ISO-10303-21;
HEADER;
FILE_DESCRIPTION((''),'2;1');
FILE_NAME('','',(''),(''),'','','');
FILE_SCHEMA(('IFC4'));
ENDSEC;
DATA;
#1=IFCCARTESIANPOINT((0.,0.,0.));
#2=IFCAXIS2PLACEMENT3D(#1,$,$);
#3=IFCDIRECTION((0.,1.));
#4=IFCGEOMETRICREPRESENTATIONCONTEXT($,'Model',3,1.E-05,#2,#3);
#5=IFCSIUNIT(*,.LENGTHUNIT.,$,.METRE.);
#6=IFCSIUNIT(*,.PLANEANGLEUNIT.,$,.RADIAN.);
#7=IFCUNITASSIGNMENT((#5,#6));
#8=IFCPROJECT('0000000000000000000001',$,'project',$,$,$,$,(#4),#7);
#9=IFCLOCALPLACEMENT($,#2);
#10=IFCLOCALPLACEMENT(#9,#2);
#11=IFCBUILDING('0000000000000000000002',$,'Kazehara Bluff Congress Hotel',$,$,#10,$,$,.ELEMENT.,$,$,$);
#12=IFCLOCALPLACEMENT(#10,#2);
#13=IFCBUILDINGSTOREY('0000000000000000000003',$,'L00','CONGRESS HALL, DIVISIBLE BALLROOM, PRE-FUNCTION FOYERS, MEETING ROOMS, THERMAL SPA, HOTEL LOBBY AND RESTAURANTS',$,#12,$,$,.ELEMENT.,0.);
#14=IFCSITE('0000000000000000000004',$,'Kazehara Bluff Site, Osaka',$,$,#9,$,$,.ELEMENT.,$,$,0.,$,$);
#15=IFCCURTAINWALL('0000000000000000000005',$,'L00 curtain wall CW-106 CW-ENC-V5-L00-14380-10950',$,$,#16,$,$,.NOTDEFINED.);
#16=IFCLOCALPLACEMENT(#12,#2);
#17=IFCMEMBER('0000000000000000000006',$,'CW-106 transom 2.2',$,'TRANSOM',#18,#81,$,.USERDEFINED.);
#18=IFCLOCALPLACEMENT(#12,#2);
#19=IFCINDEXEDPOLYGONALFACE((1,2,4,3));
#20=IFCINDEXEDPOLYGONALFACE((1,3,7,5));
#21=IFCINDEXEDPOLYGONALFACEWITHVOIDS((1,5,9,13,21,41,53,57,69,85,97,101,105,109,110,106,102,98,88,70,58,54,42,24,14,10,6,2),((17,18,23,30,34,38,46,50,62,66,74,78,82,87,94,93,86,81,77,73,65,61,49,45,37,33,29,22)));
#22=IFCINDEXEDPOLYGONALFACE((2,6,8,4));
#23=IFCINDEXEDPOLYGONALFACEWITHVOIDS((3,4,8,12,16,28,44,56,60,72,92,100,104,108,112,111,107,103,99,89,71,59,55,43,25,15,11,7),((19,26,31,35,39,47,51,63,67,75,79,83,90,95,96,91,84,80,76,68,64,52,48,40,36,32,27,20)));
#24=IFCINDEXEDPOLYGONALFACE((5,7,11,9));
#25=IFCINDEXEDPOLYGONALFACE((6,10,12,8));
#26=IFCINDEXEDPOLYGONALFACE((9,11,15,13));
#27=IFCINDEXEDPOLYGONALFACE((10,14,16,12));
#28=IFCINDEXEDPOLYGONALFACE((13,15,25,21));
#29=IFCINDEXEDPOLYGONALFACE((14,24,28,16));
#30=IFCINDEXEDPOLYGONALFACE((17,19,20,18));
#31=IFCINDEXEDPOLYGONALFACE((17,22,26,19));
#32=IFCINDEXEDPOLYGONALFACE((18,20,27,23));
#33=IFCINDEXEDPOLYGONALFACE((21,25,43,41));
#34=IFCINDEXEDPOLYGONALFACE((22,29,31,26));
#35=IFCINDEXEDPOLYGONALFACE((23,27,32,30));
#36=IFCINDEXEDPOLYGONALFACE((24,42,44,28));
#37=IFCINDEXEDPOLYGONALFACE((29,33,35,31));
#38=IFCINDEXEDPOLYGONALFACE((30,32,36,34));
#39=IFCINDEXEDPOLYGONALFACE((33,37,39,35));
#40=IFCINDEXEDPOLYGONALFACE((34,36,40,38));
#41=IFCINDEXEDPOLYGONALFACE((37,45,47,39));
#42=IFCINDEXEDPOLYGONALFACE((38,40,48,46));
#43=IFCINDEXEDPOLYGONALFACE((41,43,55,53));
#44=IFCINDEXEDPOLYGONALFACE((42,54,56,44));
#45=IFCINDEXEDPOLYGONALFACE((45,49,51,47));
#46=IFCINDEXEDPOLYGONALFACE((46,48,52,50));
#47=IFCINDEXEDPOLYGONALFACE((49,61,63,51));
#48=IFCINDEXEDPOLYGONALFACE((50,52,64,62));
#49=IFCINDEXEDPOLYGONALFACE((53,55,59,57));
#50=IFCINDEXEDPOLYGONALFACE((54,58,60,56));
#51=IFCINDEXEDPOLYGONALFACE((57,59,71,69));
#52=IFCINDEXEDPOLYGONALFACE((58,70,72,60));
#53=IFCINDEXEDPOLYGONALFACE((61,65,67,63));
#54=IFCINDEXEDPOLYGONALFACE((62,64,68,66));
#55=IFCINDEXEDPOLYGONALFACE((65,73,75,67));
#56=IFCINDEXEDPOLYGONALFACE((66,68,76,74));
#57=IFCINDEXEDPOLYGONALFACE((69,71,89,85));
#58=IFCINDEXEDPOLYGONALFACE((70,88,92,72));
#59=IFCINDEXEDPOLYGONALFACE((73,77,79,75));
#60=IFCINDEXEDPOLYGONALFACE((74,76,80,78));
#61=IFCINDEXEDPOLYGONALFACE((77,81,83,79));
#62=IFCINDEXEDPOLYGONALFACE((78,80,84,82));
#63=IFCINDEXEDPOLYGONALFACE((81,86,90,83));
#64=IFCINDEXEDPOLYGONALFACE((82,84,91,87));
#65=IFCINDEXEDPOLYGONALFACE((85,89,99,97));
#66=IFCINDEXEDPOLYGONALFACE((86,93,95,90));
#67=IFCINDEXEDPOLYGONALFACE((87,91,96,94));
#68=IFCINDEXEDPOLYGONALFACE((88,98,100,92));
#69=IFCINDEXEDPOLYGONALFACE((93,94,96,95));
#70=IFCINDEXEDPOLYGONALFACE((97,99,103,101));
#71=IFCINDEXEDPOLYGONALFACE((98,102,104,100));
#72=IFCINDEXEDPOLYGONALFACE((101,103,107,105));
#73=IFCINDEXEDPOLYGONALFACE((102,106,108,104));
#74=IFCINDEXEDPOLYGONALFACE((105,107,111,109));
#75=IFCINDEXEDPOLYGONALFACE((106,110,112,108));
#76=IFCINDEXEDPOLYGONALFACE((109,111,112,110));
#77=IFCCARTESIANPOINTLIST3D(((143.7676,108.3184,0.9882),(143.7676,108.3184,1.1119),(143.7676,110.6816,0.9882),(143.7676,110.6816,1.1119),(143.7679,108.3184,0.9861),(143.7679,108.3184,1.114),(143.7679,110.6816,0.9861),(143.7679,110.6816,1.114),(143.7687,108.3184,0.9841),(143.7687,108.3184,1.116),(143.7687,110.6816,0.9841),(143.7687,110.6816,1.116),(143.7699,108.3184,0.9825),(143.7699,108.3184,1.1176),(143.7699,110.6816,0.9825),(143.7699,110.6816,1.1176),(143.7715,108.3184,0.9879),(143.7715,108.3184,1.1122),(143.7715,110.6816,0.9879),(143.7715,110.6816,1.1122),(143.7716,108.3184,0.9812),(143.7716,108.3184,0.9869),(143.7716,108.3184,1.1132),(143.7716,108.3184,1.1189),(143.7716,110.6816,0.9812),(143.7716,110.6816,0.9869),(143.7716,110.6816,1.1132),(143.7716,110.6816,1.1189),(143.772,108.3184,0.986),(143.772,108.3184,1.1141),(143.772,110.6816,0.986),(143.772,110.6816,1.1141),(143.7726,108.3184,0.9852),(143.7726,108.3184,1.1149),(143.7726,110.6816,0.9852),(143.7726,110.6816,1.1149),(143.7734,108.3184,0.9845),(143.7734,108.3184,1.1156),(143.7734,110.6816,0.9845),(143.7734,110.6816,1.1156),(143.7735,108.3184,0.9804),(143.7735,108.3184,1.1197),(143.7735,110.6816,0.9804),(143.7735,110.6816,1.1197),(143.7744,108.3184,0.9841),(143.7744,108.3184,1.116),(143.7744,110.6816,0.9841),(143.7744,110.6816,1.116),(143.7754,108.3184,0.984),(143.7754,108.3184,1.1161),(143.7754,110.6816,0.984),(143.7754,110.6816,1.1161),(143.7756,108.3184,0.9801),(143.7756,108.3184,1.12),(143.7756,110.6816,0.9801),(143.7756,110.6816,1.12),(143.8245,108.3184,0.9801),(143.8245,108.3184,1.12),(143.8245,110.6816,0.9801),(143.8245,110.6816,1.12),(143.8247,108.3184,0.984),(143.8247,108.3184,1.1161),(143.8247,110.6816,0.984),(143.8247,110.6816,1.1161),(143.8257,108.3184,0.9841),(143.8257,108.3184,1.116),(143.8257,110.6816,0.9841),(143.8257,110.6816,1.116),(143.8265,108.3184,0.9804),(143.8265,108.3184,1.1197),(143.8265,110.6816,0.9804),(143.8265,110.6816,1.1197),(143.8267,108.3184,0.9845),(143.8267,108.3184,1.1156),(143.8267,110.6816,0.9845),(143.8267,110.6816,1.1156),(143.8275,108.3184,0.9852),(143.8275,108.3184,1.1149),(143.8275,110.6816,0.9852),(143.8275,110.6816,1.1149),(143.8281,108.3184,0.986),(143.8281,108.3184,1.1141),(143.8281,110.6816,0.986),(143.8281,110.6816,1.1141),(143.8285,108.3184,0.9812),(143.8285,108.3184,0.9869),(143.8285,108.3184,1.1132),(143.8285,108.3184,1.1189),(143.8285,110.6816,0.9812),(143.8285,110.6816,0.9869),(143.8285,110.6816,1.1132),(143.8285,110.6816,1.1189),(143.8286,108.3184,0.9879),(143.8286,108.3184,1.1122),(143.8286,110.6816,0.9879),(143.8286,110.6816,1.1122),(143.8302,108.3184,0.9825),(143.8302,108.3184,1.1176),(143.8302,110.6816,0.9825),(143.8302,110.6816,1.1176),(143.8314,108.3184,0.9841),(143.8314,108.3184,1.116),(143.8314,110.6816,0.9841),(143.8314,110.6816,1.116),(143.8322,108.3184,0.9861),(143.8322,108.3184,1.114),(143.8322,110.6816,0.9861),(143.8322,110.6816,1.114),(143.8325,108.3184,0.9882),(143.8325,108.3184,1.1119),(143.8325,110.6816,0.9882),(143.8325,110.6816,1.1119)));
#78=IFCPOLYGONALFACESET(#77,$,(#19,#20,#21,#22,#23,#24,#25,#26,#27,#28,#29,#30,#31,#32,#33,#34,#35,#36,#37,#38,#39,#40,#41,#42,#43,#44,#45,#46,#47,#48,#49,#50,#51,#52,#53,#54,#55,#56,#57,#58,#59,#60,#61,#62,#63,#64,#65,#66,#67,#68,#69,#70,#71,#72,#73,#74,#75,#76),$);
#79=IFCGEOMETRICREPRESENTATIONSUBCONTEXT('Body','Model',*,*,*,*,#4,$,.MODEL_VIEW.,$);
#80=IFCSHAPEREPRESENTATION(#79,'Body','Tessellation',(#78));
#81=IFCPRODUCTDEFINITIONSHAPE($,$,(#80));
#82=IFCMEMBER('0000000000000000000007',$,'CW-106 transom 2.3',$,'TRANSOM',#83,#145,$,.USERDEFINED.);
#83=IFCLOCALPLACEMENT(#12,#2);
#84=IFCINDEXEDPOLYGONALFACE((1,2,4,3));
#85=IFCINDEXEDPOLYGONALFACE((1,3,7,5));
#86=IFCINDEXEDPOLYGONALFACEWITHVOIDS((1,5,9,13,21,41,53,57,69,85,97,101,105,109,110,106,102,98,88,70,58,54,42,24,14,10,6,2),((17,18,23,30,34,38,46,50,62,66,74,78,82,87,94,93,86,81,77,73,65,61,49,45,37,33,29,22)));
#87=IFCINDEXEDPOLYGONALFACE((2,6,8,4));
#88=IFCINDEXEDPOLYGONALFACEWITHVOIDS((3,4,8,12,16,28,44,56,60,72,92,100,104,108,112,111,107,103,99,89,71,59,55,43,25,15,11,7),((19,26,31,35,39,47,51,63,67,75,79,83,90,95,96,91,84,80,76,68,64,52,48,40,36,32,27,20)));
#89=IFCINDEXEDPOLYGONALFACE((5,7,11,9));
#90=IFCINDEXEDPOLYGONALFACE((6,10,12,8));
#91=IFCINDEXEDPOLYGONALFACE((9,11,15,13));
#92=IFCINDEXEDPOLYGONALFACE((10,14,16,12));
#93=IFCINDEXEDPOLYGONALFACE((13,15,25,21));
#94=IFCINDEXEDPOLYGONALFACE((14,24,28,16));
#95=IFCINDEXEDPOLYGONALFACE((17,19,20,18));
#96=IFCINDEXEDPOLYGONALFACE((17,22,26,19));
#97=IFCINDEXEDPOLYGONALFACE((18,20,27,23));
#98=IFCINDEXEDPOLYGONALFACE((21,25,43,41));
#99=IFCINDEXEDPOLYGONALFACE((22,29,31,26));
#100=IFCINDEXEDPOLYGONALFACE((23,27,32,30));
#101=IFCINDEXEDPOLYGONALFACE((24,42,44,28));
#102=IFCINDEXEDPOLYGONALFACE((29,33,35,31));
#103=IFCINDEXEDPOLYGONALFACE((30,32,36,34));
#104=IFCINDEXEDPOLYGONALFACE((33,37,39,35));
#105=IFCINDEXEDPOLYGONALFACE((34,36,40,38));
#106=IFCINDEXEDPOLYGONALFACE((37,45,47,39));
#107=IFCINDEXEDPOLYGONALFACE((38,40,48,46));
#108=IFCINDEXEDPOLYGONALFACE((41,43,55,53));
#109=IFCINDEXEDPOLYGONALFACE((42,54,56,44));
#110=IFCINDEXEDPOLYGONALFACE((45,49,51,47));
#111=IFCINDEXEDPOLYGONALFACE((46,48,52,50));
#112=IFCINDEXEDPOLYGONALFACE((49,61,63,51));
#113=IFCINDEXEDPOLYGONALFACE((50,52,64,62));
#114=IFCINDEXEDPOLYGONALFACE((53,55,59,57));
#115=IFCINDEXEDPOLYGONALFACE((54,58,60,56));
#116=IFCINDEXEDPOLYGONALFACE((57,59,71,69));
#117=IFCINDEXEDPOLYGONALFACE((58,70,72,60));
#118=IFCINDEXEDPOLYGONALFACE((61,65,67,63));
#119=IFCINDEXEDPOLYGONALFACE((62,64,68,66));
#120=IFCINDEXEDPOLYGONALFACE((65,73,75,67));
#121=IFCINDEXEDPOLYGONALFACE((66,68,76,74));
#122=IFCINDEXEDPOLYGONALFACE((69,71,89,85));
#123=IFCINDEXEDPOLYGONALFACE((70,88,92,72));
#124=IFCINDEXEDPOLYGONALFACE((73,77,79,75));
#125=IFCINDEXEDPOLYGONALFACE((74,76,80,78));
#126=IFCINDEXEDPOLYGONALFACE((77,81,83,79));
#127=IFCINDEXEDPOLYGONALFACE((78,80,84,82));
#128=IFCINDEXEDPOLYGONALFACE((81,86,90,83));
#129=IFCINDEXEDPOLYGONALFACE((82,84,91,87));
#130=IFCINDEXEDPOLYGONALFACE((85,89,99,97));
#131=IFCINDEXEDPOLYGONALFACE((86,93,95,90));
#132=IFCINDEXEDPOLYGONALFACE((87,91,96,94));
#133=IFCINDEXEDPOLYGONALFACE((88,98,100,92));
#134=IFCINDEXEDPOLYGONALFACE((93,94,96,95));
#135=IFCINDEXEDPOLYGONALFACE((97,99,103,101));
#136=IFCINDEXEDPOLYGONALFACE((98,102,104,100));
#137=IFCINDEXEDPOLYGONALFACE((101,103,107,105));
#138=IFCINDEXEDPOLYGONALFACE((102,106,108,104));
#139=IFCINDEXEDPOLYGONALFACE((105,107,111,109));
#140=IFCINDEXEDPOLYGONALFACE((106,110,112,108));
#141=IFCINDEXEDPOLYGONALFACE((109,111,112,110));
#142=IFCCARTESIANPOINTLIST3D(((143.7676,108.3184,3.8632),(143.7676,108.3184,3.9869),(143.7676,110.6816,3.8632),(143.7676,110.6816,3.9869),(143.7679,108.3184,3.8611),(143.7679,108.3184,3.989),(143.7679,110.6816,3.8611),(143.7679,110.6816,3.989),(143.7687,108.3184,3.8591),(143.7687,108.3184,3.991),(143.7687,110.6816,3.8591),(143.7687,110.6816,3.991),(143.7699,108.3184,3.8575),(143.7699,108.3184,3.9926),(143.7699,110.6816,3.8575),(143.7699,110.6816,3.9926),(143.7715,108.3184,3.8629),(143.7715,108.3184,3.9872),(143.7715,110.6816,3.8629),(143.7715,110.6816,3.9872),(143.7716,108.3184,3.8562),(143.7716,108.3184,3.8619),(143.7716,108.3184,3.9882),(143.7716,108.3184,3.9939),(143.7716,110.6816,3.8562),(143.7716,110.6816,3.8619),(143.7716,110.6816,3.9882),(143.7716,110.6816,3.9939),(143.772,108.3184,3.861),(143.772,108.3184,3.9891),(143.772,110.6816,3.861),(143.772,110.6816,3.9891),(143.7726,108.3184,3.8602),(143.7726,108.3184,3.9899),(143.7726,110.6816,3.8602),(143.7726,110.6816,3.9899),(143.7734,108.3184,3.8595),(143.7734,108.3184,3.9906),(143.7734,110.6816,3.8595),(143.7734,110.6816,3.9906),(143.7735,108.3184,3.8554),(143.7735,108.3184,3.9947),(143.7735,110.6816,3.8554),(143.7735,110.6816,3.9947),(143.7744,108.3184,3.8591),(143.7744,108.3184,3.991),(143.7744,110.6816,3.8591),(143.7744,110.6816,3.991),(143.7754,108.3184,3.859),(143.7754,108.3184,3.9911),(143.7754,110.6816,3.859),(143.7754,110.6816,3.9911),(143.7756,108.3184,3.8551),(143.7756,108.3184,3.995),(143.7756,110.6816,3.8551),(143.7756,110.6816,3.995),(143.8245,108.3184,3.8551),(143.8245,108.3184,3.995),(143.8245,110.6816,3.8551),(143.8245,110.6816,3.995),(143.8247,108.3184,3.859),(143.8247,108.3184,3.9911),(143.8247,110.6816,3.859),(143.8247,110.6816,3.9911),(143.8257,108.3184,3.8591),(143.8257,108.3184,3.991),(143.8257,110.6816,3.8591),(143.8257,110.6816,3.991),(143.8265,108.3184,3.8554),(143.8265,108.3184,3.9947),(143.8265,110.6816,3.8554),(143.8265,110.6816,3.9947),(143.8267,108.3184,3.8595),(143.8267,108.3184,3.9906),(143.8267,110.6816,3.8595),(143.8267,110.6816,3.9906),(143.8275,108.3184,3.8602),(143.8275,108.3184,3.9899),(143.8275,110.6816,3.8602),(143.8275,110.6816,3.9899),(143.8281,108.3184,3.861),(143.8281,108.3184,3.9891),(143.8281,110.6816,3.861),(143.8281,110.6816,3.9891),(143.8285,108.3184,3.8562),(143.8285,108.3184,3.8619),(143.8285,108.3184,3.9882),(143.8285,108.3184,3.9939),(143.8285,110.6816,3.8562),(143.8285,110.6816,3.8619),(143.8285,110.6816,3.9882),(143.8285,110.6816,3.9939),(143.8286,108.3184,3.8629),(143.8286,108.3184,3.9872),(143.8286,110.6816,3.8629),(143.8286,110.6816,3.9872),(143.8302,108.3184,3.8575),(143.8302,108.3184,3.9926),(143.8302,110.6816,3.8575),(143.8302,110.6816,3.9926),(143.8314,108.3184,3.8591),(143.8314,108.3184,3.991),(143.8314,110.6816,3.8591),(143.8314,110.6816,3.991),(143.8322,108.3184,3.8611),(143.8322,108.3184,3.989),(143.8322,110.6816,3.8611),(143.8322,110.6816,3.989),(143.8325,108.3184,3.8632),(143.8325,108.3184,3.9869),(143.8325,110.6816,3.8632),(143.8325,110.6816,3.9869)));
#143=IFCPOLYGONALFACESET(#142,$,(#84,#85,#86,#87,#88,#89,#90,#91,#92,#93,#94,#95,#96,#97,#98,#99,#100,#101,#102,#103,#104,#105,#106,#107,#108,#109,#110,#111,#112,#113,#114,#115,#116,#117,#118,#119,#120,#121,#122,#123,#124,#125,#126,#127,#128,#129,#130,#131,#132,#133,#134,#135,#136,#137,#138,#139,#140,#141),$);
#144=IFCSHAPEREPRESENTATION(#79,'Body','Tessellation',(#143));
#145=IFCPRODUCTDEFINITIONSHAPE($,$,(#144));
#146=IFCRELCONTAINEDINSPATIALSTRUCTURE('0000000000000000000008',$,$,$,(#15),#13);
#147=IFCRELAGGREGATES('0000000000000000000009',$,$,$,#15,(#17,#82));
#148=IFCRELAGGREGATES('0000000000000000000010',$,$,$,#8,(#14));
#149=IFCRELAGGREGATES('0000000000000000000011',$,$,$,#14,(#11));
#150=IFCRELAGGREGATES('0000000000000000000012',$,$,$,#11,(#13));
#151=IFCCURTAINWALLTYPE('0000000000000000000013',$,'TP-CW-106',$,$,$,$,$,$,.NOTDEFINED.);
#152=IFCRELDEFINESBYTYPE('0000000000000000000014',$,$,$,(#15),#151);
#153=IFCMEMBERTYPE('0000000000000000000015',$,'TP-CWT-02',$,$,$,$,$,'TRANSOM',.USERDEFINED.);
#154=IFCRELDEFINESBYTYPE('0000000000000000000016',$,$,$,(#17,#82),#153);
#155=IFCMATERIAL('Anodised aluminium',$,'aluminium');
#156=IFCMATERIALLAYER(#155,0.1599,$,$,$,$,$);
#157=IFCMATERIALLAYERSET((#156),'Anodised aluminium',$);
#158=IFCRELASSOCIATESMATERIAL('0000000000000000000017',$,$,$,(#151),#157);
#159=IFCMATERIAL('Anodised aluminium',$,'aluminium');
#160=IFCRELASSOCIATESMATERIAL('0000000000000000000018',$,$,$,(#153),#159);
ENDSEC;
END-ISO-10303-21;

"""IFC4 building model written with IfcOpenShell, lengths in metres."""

from ifc_helpers import new_model, si_unit, direction, frame, origin, origin_2d, place, context, subcontext, project, spatial, hollow_rectangle, extrude, material, layer, layer_set, material_profile, profile_set, type_object, element, aggregate, save


model = new_model("IFC4")

# Units and contexts
model_context = context("Model", 3, precision=1e-05, world=origin(), true_north=direction((0.0, 1.0)))
body_context = subcontext(model_context, "Body", "Model", "MODEL_VIEW")
ifc_project = project(units=[si_unit("LENGTHUNIT", "METRE"), si_unit("PLANEANGLEUNIT", "RADIAN")], contexts=[model_context])

# Site, building, storey
site_placement = place(None, origin())
site = spatial("IfcSite", under=ifc_project, at=site_placement, Name="Kazehara Bluff Site, Osaka", CompositionType="ELEMENT", RefElevation=0.0)
building_placement = place(site_placement, origin())
building = spatial("IfcBuilding", under=site, at=building_placement, Name="Kazehara Bluff Congress Hotel", CompositionType="ELEMENT")
storey_placement = place(building_placement, origin())
storey = spatial("IfcBuildingStorey", under=building, at=storey_placement, Name="L00", Description="CONGRESS HALL, DIVISIBLE BALLROOM, PRE-FUNCTION FOYERS, MEETING ROOMS, THERMAL SPA, HOTEL LOBBY AND RESTAURANTS", CompositionType="ELEMENT", Elevation=0.0)

# Curtain wall
ifc_material_1 = material(Name="Anodised aluminium", Category="aluminium")
ifc_layer_1 = layer(ifc_material_1, 0.1599)
ifc_layer_set_1 = layer_set([ifc_layer_1], Name="Anodised aluminium")
curtain_wall_type_1 = type_object("IfcCurtainWallType", Name="TP-CW-106", PredefinedType="NOTDEFINED", material=ifc_layer_set_1)
curtain_wall_1_placement = place(storey_placement, origin())
curtain_wall_1 = element("IfcCurtainWall", 1, at=curtain_wall_1_placement, inside=storey, type_object=curtain_wall_type_1, Name="L00 curtain wall CW-106 CW-ENC-V5-L00-14380-10950", PredefinedType="NOTDEFINED")

# Members
ifc_material_2 = material(Name="Anodised aluminium", Category="aluminium")
ifc_material_profile_1 = material_profile(ifc_material_2, hollow_rectangle(XDim=0.0649, YDim=0.1399, WallThickness=0.0039, InnerFilletRadius=0.0039, OuterFilletRadius=0.0081, at=origin_2d()))
ifc_profile_set_1 = profile_set([ifc_material_profile_1], Name="Anodised aluminium")
member_type_1 = type_object("IfcMemberType", Name="TP-CWT-02", ElementType="TRANSOM", PredefinedType="USERDEFINED", material=ifc_profile_set_1)
member_1_placement = place(storey_placement, frame((143.8, 108.3184, 1.05), z_axis=(0.0, 1.0, 0.0), x_axis=(-1.0, 0.0, 0.0)))
member_1 = element("IfcMember", 2, at=member_1_placement, type_object=member_type_1, Name="CW-106 transom 2.2", ObjectType="TRANSOM", PredefinedType="USERDEFINED", context=body_context, shape_type="SweptSolid", body=[
    extrude(hollow_rectangle(XDim=0.0649, YDim=0.1399, WallThickness=0.0039, InnerFilletRadius=0.0039, OuterFilletRadius=0.0081, at=origin_2d()), origin(), (0.0, 0.0, 1.0), 2.3633),
])
member_2_placement = place(storey_placement, frame((143.8, 108.3184, 3.925), z_axis=(0.0, 1.0, 0.0), x_axis=(-1.0, 0.0, 0.0)))
member_2 = element("IfcMember", 3, at=member_2_placement, type_object=member_type_1, Name="CW-106 transom 2.3", ObjectType="TRANSOM", PredefinedType="USERDEFINED", context=body_context, shape_type="SweptSolid", body=[
    extrude(hollow_rectangle(XDim=0.0649, YDim=0.1399, WallThickness=0.0039, InnerFilletRadius=0.0039, OuterFilletRadius=0.0081, at=origin_2d()), origin(), (0.0, 0.0, 1.0), 2.3633),
])

aggregate(curtain_wall_1, [member_1, member_2])

save(model, "model.ifc")
